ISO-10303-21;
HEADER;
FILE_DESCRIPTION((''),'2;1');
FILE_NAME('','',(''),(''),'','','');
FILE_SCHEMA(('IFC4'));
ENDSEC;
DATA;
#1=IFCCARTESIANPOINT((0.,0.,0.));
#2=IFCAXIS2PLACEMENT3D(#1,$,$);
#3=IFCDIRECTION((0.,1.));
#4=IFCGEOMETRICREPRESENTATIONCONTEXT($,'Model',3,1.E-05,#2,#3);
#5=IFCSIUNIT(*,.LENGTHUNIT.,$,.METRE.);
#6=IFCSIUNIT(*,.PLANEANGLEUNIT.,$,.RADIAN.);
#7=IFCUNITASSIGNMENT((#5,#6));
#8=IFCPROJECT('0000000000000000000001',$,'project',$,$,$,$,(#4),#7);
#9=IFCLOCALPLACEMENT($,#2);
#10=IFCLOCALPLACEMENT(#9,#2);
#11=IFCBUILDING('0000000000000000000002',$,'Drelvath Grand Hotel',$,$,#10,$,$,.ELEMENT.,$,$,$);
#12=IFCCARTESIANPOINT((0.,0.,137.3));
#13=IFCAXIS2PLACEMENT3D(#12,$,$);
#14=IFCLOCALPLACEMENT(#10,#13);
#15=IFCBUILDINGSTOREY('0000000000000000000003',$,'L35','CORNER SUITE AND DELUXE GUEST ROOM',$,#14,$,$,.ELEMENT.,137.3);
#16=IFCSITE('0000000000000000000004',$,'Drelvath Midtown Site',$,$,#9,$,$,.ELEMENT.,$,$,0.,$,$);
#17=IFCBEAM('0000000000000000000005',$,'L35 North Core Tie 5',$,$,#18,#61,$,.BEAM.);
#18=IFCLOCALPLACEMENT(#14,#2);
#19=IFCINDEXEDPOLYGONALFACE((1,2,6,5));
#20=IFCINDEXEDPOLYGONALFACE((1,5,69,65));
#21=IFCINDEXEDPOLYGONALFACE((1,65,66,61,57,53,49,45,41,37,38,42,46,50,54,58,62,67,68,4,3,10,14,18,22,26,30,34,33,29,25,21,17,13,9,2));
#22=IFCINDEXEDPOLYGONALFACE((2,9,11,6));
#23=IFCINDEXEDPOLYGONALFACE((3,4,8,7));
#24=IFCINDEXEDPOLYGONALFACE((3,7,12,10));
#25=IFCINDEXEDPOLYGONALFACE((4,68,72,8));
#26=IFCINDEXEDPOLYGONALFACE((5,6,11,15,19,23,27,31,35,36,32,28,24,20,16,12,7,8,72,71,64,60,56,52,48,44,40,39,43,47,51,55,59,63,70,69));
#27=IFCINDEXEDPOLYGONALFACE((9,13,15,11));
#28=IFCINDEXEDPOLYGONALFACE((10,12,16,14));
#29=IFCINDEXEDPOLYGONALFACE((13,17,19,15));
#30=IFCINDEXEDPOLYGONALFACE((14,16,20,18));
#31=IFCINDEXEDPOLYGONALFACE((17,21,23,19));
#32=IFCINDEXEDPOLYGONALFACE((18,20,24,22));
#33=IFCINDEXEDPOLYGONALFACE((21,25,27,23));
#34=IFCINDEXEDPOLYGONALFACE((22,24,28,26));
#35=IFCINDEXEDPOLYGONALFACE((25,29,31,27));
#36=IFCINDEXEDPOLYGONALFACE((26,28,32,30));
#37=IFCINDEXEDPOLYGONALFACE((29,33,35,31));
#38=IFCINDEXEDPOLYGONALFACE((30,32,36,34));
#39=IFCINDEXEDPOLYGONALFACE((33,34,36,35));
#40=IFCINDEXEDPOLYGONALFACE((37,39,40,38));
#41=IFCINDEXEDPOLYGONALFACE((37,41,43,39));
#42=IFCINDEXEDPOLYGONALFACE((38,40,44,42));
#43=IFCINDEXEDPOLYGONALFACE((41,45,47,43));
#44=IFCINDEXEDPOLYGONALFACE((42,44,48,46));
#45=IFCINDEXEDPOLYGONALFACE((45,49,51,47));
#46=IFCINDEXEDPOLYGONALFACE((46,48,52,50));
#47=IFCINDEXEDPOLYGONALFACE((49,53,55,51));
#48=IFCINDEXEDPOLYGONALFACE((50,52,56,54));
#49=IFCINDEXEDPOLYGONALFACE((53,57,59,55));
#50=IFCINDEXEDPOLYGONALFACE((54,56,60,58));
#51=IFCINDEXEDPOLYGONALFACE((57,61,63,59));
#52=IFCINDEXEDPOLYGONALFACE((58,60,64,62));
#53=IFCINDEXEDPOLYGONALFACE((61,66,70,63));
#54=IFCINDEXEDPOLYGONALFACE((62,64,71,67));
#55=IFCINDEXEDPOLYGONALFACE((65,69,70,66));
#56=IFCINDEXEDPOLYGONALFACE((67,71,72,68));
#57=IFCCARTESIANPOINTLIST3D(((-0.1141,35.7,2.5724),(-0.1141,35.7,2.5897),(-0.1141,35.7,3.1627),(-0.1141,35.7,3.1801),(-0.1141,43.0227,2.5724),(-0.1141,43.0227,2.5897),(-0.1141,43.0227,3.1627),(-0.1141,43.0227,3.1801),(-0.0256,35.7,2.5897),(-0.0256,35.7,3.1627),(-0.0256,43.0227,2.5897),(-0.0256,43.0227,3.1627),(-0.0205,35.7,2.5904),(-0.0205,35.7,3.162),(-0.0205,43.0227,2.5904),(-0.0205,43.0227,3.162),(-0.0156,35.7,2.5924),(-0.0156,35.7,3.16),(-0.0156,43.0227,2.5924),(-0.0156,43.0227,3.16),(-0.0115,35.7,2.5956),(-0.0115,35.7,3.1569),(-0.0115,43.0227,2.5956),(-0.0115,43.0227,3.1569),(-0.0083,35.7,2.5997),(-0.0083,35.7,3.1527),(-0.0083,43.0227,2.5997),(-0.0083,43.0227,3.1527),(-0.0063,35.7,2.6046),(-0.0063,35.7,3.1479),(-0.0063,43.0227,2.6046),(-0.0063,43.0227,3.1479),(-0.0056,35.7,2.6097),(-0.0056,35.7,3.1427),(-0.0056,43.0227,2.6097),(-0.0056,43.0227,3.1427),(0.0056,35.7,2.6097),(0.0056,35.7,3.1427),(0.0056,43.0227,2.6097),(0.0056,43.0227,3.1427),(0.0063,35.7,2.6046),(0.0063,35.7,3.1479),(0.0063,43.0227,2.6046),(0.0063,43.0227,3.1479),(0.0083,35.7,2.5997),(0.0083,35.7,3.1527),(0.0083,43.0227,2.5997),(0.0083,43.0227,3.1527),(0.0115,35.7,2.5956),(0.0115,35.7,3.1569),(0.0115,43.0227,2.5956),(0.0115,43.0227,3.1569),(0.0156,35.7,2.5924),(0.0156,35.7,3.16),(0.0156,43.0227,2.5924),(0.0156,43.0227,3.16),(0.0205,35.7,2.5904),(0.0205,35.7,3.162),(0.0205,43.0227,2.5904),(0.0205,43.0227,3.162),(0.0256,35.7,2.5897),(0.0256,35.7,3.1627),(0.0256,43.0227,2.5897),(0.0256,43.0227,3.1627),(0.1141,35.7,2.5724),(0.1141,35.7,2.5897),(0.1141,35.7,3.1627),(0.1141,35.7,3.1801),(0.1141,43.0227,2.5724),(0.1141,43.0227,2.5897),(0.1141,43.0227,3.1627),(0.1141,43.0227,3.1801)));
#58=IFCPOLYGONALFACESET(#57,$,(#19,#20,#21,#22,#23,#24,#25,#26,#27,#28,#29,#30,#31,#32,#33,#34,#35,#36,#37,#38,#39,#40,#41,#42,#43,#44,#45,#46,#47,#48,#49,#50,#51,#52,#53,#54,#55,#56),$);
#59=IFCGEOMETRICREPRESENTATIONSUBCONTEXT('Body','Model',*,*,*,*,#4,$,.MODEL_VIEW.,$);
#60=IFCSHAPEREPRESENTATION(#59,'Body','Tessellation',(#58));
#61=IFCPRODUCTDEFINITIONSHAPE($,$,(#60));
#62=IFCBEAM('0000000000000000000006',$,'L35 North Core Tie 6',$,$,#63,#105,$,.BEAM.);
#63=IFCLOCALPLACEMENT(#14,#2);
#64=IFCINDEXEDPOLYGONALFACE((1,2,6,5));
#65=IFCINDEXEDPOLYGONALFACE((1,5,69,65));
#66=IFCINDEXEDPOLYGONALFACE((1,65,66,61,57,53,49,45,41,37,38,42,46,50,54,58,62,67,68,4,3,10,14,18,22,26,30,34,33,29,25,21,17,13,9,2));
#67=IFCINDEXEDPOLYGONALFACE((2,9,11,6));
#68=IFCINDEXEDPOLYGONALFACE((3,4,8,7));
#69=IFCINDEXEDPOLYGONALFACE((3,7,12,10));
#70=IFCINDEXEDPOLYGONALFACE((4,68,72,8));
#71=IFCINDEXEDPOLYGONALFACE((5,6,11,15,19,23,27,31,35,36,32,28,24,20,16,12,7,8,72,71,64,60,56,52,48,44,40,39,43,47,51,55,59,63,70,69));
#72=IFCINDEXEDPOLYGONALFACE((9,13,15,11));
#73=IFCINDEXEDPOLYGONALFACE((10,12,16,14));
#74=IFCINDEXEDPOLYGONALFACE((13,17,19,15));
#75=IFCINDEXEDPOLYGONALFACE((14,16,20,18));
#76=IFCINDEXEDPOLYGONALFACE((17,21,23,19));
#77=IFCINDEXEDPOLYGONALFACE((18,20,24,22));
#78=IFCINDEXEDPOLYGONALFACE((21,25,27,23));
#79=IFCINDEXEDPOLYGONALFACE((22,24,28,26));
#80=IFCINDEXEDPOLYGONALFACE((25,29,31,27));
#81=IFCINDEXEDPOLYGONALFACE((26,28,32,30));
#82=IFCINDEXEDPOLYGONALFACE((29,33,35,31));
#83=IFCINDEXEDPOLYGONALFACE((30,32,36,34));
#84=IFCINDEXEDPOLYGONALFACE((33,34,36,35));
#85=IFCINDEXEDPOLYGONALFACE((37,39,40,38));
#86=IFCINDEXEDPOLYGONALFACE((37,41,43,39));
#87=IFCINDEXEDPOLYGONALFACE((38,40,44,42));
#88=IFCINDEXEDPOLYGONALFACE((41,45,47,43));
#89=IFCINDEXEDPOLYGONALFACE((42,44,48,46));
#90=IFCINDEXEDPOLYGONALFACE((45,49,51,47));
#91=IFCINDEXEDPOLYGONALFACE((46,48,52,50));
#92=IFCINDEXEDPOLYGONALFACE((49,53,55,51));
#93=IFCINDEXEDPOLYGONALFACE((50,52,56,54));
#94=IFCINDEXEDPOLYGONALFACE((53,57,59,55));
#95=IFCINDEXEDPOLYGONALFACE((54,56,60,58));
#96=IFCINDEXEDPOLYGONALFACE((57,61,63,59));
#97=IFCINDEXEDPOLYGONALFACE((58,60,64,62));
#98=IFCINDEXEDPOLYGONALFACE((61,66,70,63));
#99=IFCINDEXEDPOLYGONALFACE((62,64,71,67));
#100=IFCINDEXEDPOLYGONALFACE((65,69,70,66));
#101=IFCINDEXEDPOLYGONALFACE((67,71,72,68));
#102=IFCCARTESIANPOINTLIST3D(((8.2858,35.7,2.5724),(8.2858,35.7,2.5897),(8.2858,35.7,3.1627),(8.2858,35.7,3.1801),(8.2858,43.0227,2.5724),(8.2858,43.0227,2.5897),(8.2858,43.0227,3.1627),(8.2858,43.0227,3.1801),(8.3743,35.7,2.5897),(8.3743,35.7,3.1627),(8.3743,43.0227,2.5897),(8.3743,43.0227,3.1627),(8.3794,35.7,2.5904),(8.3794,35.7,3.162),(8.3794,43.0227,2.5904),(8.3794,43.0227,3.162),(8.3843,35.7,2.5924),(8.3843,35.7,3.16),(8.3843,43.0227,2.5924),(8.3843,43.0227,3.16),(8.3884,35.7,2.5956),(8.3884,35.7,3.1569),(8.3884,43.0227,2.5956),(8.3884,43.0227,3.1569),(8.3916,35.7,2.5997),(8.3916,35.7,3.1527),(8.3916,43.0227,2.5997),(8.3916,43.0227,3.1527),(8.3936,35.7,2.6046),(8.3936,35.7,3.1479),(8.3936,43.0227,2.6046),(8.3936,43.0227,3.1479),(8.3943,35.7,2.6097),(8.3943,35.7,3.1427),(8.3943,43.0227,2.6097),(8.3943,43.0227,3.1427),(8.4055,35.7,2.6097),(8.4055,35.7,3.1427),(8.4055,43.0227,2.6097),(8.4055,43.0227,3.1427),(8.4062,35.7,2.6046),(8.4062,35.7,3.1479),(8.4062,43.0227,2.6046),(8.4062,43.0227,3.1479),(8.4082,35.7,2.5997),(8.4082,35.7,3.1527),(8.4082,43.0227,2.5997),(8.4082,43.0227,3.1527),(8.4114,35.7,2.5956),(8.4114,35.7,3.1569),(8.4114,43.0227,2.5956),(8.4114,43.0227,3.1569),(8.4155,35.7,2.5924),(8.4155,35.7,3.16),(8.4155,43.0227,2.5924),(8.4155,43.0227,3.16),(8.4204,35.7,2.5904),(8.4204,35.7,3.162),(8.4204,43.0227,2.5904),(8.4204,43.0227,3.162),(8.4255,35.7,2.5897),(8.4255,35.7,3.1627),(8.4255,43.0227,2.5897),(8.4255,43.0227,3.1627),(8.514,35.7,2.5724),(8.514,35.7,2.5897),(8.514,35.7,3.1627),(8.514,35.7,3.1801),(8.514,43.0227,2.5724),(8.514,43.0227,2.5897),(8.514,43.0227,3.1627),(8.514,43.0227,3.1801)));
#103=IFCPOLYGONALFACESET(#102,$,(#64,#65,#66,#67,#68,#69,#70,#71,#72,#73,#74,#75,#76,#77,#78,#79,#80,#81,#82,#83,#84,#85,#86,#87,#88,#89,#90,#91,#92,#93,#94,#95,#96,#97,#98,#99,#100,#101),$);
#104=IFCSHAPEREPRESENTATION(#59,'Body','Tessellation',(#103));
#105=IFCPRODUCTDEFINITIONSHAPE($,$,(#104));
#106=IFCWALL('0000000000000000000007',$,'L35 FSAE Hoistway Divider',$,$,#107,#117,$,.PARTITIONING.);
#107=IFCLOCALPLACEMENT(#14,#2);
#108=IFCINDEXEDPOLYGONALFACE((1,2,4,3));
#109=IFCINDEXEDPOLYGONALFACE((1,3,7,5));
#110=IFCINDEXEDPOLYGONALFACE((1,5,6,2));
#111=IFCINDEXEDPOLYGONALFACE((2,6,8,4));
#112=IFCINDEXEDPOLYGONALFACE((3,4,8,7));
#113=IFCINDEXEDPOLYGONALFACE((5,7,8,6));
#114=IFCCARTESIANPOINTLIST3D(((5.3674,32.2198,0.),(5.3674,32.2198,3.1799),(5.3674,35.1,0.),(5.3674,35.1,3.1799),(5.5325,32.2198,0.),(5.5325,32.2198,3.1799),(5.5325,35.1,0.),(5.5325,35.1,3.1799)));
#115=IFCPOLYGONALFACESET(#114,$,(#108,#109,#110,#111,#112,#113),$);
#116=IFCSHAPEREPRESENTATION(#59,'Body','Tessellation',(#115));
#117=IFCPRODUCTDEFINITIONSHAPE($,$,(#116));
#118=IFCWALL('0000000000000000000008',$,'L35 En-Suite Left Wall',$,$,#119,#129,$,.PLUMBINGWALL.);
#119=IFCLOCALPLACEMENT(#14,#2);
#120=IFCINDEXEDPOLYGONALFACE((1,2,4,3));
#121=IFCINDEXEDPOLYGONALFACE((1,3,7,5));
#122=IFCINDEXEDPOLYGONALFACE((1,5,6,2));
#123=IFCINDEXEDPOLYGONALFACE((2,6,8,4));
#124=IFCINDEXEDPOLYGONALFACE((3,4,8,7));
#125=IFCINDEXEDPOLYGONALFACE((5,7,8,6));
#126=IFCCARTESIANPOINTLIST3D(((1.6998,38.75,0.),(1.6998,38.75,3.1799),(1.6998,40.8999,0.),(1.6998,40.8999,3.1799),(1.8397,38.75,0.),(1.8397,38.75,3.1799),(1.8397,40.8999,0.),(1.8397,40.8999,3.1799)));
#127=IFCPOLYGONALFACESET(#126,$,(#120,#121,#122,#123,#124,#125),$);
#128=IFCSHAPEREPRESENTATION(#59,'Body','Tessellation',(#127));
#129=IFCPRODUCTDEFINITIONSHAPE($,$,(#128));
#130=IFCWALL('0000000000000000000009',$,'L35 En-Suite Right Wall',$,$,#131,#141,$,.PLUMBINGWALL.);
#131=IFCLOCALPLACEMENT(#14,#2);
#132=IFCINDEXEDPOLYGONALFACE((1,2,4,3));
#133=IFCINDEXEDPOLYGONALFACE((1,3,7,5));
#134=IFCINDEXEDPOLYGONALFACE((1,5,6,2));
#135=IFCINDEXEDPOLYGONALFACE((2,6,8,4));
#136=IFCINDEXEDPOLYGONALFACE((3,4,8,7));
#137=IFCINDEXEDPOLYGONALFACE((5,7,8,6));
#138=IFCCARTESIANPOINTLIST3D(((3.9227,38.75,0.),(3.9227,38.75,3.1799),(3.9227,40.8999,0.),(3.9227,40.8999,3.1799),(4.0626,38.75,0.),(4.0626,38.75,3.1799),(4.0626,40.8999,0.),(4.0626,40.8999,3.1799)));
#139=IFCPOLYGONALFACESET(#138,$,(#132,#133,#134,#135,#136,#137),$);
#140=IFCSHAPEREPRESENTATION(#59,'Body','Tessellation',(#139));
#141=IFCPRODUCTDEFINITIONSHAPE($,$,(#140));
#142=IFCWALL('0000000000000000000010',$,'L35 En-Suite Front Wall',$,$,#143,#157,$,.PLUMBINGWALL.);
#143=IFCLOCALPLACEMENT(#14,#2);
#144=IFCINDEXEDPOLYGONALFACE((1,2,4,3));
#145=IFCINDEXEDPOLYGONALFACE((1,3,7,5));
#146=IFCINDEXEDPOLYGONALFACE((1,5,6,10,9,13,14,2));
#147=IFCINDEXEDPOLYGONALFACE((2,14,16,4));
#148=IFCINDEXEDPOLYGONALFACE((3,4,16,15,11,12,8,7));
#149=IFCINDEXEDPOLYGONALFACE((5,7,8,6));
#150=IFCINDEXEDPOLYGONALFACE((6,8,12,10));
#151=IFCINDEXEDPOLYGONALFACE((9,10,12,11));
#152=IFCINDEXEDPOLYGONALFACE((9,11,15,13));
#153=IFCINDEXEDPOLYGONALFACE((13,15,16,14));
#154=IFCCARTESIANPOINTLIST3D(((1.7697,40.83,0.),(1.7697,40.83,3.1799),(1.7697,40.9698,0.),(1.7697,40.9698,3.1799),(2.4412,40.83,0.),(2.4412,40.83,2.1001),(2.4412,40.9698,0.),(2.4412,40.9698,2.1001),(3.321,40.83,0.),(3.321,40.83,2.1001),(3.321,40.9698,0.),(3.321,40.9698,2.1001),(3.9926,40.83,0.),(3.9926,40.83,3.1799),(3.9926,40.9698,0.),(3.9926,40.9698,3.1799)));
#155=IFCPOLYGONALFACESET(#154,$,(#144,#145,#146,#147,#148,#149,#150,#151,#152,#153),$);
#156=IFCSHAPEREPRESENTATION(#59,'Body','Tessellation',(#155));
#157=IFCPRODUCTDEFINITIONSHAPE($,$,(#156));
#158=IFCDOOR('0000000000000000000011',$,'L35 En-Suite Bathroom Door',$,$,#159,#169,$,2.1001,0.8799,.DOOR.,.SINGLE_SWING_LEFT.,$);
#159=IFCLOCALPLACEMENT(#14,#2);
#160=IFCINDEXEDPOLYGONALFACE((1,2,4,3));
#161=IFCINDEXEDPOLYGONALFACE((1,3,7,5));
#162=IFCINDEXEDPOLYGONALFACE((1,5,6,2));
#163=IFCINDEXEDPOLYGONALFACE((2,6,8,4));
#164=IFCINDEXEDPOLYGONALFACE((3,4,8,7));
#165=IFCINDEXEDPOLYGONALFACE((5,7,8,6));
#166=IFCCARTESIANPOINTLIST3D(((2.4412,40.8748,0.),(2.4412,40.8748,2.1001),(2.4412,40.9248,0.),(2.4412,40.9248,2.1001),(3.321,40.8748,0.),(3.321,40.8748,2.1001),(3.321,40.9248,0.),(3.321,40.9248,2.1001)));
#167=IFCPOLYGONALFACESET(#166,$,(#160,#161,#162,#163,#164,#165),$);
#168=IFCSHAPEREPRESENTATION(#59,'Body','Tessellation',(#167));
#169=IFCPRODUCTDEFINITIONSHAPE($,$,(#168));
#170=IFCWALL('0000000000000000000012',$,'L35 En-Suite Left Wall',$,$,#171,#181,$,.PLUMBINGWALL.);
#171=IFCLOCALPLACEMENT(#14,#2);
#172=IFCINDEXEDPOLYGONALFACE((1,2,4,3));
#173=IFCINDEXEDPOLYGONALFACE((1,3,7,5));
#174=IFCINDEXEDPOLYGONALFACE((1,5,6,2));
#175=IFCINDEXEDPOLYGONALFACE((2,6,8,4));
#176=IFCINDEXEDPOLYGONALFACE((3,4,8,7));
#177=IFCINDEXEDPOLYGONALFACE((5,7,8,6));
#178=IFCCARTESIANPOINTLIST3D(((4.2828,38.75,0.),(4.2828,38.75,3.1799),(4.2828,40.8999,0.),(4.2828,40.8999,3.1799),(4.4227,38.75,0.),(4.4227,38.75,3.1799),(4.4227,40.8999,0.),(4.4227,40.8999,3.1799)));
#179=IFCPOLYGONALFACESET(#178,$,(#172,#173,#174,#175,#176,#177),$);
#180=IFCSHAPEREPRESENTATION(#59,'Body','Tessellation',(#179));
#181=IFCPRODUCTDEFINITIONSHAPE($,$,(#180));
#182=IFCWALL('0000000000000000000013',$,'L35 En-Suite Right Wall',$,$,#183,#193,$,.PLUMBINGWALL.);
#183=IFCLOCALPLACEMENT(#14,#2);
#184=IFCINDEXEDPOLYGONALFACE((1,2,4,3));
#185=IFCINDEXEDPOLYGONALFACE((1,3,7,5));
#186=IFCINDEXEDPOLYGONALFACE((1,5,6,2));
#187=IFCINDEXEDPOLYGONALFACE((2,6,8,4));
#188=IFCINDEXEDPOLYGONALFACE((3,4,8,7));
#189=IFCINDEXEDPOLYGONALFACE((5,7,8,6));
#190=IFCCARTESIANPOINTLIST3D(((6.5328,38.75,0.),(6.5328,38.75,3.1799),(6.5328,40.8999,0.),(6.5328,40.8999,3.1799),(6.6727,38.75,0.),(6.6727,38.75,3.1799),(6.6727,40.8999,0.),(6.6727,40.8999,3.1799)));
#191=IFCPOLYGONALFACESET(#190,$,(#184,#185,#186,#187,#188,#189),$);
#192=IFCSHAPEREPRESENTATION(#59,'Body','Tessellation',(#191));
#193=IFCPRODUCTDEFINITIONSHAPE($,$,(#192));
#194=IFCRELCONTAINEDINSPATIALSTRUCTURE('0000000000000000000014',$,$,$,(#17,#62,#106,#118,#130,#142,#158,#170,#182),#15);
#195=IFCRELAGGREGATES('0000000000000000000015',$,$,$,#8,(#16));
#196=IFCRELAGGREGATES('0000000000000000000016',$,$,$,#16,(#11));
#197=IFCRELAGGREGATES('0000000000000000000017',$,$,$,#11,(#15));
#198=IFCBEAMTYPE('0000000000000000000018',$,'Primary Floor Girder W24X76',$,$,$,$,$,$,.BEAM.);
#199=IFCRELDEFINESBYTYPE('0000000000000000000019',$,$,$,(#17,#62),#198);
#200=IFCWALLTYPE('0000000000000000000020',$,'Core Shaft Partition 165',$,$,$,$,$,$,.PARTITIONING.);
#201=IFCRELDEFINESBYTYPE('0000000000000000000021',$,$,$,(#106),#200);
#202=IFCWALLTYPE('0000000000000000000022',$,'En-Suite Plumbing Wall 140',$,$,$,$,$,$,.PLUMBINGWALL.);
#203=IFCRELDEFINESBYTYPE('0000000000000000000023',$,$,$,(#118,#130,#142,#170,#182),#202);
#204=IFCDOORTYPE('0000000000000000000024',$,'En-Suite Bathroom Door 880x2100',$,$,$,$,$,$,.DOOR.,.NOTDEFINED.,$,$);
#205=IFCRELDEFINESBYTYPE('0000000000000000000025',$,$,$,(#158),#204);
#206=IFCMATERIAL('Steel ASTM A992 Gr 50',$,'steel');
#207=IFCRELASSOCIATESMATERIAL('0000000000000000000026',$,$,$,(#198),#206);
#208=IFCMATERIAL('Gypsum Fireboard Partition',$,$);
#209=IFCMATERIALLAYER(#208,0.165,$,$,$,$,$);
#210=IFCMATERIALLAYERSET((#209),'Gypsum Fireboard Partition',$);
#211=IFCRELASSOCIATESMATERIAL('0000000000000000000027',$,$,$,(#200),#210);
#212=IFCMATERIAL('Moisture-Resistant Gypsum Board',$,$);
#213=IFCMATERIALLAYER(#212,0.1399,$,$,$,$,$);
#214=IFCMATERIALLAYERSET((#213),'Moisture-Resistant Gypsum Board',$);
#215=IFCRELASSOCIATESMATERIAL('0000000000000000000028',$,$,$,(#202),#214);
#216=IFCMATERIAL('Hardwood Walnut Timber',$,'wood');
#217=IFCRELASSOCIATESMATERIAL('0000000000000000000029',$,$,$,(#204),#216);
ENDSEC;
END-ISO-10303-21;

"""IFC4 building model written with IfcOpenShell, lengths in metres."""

from ifc_helpers import new_model, si_unit, direction, frame, frame_2d, origin, origin_2d, place, context, subcontext, project, spatial, rectangle, i_section, extrude, material, layer, layer_set, material_profile, profile_set, type_object, element, fill, save


model = new_model("IFC4")

# Units and contexts
model_context = context("Model", 3, precision=1e-05, world=origin(), true_north=direction((0.0, 1.0)))
body_context = subcontext(model_context, "Body", "Model", "MODEL_VIEW")
ifc_project = project(units=[si_unit("LENGTHUNIT", "METRE"), si_unit("PLANEANGLEUNIT", "RADIAN")], contexts=[model_context])

# Site, building, storey
site_placement = place(None, origin())
site = spatial("IfcSite", under=ifc_project, at=site_placement, Name="Drelvath Midtown Site", CompositionType="ELEMENT", RefElevation=0.0)
building_placement = place(site_placement, origin())
building = spatial("IfcBuilding", under=site, at=building_placement, Name="Drelvath Grand Hotel", CompositionType="ELEMENT")
storey_placement = place(building_placement, frame((0.0, 0.0, 137.3)))
storey = spatial("IfcBuildingStorey", under=building, at=storey_placement, Name="L35", Description="CORNER SUITE AND DELUXE GUEST ROOM", CompositionType="ELEMENT", Elevation=137.3)

# Beams
ifc_material_1 = material(Name="Steel ASTM A992 Gr 50", Category="steel")
ifc_material_profile = material_profile(ifc_material_1, i_section(OverallWidth=0.2283, OverallDepth=0.6077, WebThickness=0.0112, FlangeThickness=0.0173, FilletRadius=0.02, at=origin_2d()), Name="W24X76")
ifc_profile_set = profile_set([ifc_material_profile], Name="Steel ASTM A992 Gr 50")
beam_type = type_object("IfcBeamType", Name="Primary Floor Girder W24X76", PredefinedType="BEAM", material=ifc_profile_set)
for number, where, z_axis, x_axis, name in (
    (1, (0.0, 35.7, 2.8762), (0.0, 1.0, 0.0), (-1.0, 0.0, 0.0), "L35 North Core Tie 5"),
    (2, (8.3999, 35.7, 2.8762), (0.0, 1.0, 0.0), (-1.0, 0.0, 0.0), "L35 North Core Tie 6"),
):
    element("IfcBeam", number, at=place(storey_placement, frame(where, z_axis=z_axis, x_axis=x_axis)), inside=storey, type_object=beam_type, Name=name, PredefinedType="BEAM", context=body_context, shape_type="SweptSolid", body=[
        extrude(i_section(OverallWidth=0.2283, OverallDepth=0.6077, WebThickness=0.0112, FlangeThickness=0.0173, FilletRadius=0.02, at=origin_2d()), origin(), (0.0, 0.0, 1.0), 7.3228),
    ])

# Walls
ifc_material_2 = material(Name="Gypsum Fireboard Partition")
ifc_layer_1 = layer(ifc_material_2, 0.165)
ifc_layer_set_1 = layer_set([ifc_layer_1], Name="Gypsum Fireboard Partition")
wall_type_1 = type_object("IfcWallType", Name="Core Shaft Partition 165", PredefinedType="PARTITIONING", material=ifc_layer_set_1)
wall_1_placement = place(storey_placement, frame((5.45, 32.22, 0.0), z_axis=(0.0, 0.0, 1.0), x_axis=(0.0, 1.0, 0.0)))
element("IfcWall", 3, at=wall_1_placement, inside=storey, type_object=wall_type_1, Name="L35 FSAE Hoistway Divider", PredefinedType="PARTITIONING", context=body_context, shape_type="SweptSolid", body=[
    extrude(rectangle(XDim=2.8801, YDim=0.165, at=frame_2d((1.4399, 0.0))), origin(), (0.0, 0.0, 1.0), 3.1799),
])
ifc_material_3 = material(Name="Moisture-Resistant Gypsum Board")
ifc_layer_2 = layer(ifc_material_3, 0.1399)
ifc_layer_set_2 = layer_set([ifc_layer_2], Name="Moisture-Resistant Gypsum Board")
wall_type_2 = type_object("IfcWallType", Name="En-Suite Plumbing Wall 140", PredefinedType="PLUMBINGWALL", material=ifc_layer_set_2)
for number, where, z_axis, x_axis, name in (
    (4, (1.7698, 38.75, 0.0), (0.0, 0.0, 1.0), (0.0, 1.0, 0.0), "L35 En-Suite Left Wall"),
    (5, (3.9927, 38.75, 0.0), (0.0, 0.0, 1.0), (0.0, 1.0, 0.0), "L35 En-Suite Right Wall"),
):
    element("IfcWall", number, at=place(storey_placement, frame(where, z_axis=z_axis, x_axis=x_axis)), inside=storey, type_object=wall_type_2, Name=name, PredefinedType="PLUMBINGWALL", context=body_context, shape_type="SweptSolid", body=[
        extrude(rectangle(XDim=2.1499, YDim=0.1399, at=frame_2d((1.075, 0.0))), origin(), (0.0, 0.0, 1.0), 3.1799),
    ])

# Wall, opening, door
wall_2_placement = place(storey_placement, frame((1.7698, 40.8999, 0.0), z_axis=(0.0, 0.0, 1.0), x_axis=(1.0, 0.0, 0.0)))
wall_2 = element("IfcWall", 6, at=wall_2_placement, inside=storey, type_object=wall_type_2, Name="L35 En-Suite Front Wall", PredefinedType="PLUMBINGWALL", context=body_context, shape_type="SweptSolid", body=[
    extrude(rectangle(XDim=2.2229, YDim=0.1399, at=frame_2d((1.1113, 0.0))), origin(), (0.0, 0.0, 1.0), 3.1799),
])
opening_1_placement = place(wall_2_placement, frame((0.6714, 0.0, 0.0)))
opening_1 = element("IfcOpeningElement", 7, at=opening_1_placement, cuts=wall_2, PredefinedType="OPENING", context=body_context, shape_type="SweptSolid", body=[
    extrude(rectangle(XDim=0.8799, YDim=2.1001, at=frame_2d((0.4399, 1.05))), frame((0.0, 0.0798, 0.0), z_axis=(0.0, -1.0, 0.0), x_axis=(1.0, 0.0, 0.0)), (0.0, 0.0, 1.0), 0.1599),
])
ifc_material_4 = material(Name="Hardwood Walnut Timber", Category="wood")
door_type_1 = type_object("IfcDoorType", Name="En-Suite Bathroom Door 880x2100", OperationType="NOTDEFINED", PredefinedType="DOOR", material=ifc_material_4)
door_1_placement = place(opening_1_placement, origin())
door_1 = element("IfcDoor", 8, at=door_1_placement, inside=storey, type_object=door_type_1, Name="L35 En-Suite Bathroom Door", OperationType="SINGLE_SWING_LEFT", OverallHeight=2.1001, OverallWidth=0.8799, PredefinedType="DOOR", context=body_context, shape_type="SweptSolid", body=[
    extrude(rectangle(XDim=0.8799, YDim=2.1001, at=frame_2d((0.4399, 1.05))), frame((0.0, 0.0249, 0.0), z_axis=(0.0, -1.0, 0.0), x_axis=(1.0, 0.0, 0.0)), (0.0, 0.0, 1.0), 0.05),
])
fill(opening_1, door_1)

# Walls
for number, where, z_axis, x_axis, name in (
    (9, (4.3528, 38.75, 0.0), (0.0, 0.0, 1.0), (0.0, 1.0, 0.0), "L35 En-Suite Left Wall"),
    (10, (6.6028, 38.75, 0.0), (0.0, 0.0, 1.0), (0.0, 1.0, 0.0), "L35 En-Suite Right Wall"),
):
    element("IfcWall", number, at=place(storey_placement, frame(where, z_axis=z_axis, x_axis=x_axis)), inside=storey, type_object=wall_type_2, Name=name, PredefinedType="PLUMBINGWALL", context=body_context, shape_type="SweptSolid", body=[
        extrude(rectangle(XDim=2.1499, YDim=0.1399, at=frame_2d((1.075, 0.0))), origin(), (0.0, 0.0, 1.0), 3.1799),
    ])

save(model, "model.ifc")
